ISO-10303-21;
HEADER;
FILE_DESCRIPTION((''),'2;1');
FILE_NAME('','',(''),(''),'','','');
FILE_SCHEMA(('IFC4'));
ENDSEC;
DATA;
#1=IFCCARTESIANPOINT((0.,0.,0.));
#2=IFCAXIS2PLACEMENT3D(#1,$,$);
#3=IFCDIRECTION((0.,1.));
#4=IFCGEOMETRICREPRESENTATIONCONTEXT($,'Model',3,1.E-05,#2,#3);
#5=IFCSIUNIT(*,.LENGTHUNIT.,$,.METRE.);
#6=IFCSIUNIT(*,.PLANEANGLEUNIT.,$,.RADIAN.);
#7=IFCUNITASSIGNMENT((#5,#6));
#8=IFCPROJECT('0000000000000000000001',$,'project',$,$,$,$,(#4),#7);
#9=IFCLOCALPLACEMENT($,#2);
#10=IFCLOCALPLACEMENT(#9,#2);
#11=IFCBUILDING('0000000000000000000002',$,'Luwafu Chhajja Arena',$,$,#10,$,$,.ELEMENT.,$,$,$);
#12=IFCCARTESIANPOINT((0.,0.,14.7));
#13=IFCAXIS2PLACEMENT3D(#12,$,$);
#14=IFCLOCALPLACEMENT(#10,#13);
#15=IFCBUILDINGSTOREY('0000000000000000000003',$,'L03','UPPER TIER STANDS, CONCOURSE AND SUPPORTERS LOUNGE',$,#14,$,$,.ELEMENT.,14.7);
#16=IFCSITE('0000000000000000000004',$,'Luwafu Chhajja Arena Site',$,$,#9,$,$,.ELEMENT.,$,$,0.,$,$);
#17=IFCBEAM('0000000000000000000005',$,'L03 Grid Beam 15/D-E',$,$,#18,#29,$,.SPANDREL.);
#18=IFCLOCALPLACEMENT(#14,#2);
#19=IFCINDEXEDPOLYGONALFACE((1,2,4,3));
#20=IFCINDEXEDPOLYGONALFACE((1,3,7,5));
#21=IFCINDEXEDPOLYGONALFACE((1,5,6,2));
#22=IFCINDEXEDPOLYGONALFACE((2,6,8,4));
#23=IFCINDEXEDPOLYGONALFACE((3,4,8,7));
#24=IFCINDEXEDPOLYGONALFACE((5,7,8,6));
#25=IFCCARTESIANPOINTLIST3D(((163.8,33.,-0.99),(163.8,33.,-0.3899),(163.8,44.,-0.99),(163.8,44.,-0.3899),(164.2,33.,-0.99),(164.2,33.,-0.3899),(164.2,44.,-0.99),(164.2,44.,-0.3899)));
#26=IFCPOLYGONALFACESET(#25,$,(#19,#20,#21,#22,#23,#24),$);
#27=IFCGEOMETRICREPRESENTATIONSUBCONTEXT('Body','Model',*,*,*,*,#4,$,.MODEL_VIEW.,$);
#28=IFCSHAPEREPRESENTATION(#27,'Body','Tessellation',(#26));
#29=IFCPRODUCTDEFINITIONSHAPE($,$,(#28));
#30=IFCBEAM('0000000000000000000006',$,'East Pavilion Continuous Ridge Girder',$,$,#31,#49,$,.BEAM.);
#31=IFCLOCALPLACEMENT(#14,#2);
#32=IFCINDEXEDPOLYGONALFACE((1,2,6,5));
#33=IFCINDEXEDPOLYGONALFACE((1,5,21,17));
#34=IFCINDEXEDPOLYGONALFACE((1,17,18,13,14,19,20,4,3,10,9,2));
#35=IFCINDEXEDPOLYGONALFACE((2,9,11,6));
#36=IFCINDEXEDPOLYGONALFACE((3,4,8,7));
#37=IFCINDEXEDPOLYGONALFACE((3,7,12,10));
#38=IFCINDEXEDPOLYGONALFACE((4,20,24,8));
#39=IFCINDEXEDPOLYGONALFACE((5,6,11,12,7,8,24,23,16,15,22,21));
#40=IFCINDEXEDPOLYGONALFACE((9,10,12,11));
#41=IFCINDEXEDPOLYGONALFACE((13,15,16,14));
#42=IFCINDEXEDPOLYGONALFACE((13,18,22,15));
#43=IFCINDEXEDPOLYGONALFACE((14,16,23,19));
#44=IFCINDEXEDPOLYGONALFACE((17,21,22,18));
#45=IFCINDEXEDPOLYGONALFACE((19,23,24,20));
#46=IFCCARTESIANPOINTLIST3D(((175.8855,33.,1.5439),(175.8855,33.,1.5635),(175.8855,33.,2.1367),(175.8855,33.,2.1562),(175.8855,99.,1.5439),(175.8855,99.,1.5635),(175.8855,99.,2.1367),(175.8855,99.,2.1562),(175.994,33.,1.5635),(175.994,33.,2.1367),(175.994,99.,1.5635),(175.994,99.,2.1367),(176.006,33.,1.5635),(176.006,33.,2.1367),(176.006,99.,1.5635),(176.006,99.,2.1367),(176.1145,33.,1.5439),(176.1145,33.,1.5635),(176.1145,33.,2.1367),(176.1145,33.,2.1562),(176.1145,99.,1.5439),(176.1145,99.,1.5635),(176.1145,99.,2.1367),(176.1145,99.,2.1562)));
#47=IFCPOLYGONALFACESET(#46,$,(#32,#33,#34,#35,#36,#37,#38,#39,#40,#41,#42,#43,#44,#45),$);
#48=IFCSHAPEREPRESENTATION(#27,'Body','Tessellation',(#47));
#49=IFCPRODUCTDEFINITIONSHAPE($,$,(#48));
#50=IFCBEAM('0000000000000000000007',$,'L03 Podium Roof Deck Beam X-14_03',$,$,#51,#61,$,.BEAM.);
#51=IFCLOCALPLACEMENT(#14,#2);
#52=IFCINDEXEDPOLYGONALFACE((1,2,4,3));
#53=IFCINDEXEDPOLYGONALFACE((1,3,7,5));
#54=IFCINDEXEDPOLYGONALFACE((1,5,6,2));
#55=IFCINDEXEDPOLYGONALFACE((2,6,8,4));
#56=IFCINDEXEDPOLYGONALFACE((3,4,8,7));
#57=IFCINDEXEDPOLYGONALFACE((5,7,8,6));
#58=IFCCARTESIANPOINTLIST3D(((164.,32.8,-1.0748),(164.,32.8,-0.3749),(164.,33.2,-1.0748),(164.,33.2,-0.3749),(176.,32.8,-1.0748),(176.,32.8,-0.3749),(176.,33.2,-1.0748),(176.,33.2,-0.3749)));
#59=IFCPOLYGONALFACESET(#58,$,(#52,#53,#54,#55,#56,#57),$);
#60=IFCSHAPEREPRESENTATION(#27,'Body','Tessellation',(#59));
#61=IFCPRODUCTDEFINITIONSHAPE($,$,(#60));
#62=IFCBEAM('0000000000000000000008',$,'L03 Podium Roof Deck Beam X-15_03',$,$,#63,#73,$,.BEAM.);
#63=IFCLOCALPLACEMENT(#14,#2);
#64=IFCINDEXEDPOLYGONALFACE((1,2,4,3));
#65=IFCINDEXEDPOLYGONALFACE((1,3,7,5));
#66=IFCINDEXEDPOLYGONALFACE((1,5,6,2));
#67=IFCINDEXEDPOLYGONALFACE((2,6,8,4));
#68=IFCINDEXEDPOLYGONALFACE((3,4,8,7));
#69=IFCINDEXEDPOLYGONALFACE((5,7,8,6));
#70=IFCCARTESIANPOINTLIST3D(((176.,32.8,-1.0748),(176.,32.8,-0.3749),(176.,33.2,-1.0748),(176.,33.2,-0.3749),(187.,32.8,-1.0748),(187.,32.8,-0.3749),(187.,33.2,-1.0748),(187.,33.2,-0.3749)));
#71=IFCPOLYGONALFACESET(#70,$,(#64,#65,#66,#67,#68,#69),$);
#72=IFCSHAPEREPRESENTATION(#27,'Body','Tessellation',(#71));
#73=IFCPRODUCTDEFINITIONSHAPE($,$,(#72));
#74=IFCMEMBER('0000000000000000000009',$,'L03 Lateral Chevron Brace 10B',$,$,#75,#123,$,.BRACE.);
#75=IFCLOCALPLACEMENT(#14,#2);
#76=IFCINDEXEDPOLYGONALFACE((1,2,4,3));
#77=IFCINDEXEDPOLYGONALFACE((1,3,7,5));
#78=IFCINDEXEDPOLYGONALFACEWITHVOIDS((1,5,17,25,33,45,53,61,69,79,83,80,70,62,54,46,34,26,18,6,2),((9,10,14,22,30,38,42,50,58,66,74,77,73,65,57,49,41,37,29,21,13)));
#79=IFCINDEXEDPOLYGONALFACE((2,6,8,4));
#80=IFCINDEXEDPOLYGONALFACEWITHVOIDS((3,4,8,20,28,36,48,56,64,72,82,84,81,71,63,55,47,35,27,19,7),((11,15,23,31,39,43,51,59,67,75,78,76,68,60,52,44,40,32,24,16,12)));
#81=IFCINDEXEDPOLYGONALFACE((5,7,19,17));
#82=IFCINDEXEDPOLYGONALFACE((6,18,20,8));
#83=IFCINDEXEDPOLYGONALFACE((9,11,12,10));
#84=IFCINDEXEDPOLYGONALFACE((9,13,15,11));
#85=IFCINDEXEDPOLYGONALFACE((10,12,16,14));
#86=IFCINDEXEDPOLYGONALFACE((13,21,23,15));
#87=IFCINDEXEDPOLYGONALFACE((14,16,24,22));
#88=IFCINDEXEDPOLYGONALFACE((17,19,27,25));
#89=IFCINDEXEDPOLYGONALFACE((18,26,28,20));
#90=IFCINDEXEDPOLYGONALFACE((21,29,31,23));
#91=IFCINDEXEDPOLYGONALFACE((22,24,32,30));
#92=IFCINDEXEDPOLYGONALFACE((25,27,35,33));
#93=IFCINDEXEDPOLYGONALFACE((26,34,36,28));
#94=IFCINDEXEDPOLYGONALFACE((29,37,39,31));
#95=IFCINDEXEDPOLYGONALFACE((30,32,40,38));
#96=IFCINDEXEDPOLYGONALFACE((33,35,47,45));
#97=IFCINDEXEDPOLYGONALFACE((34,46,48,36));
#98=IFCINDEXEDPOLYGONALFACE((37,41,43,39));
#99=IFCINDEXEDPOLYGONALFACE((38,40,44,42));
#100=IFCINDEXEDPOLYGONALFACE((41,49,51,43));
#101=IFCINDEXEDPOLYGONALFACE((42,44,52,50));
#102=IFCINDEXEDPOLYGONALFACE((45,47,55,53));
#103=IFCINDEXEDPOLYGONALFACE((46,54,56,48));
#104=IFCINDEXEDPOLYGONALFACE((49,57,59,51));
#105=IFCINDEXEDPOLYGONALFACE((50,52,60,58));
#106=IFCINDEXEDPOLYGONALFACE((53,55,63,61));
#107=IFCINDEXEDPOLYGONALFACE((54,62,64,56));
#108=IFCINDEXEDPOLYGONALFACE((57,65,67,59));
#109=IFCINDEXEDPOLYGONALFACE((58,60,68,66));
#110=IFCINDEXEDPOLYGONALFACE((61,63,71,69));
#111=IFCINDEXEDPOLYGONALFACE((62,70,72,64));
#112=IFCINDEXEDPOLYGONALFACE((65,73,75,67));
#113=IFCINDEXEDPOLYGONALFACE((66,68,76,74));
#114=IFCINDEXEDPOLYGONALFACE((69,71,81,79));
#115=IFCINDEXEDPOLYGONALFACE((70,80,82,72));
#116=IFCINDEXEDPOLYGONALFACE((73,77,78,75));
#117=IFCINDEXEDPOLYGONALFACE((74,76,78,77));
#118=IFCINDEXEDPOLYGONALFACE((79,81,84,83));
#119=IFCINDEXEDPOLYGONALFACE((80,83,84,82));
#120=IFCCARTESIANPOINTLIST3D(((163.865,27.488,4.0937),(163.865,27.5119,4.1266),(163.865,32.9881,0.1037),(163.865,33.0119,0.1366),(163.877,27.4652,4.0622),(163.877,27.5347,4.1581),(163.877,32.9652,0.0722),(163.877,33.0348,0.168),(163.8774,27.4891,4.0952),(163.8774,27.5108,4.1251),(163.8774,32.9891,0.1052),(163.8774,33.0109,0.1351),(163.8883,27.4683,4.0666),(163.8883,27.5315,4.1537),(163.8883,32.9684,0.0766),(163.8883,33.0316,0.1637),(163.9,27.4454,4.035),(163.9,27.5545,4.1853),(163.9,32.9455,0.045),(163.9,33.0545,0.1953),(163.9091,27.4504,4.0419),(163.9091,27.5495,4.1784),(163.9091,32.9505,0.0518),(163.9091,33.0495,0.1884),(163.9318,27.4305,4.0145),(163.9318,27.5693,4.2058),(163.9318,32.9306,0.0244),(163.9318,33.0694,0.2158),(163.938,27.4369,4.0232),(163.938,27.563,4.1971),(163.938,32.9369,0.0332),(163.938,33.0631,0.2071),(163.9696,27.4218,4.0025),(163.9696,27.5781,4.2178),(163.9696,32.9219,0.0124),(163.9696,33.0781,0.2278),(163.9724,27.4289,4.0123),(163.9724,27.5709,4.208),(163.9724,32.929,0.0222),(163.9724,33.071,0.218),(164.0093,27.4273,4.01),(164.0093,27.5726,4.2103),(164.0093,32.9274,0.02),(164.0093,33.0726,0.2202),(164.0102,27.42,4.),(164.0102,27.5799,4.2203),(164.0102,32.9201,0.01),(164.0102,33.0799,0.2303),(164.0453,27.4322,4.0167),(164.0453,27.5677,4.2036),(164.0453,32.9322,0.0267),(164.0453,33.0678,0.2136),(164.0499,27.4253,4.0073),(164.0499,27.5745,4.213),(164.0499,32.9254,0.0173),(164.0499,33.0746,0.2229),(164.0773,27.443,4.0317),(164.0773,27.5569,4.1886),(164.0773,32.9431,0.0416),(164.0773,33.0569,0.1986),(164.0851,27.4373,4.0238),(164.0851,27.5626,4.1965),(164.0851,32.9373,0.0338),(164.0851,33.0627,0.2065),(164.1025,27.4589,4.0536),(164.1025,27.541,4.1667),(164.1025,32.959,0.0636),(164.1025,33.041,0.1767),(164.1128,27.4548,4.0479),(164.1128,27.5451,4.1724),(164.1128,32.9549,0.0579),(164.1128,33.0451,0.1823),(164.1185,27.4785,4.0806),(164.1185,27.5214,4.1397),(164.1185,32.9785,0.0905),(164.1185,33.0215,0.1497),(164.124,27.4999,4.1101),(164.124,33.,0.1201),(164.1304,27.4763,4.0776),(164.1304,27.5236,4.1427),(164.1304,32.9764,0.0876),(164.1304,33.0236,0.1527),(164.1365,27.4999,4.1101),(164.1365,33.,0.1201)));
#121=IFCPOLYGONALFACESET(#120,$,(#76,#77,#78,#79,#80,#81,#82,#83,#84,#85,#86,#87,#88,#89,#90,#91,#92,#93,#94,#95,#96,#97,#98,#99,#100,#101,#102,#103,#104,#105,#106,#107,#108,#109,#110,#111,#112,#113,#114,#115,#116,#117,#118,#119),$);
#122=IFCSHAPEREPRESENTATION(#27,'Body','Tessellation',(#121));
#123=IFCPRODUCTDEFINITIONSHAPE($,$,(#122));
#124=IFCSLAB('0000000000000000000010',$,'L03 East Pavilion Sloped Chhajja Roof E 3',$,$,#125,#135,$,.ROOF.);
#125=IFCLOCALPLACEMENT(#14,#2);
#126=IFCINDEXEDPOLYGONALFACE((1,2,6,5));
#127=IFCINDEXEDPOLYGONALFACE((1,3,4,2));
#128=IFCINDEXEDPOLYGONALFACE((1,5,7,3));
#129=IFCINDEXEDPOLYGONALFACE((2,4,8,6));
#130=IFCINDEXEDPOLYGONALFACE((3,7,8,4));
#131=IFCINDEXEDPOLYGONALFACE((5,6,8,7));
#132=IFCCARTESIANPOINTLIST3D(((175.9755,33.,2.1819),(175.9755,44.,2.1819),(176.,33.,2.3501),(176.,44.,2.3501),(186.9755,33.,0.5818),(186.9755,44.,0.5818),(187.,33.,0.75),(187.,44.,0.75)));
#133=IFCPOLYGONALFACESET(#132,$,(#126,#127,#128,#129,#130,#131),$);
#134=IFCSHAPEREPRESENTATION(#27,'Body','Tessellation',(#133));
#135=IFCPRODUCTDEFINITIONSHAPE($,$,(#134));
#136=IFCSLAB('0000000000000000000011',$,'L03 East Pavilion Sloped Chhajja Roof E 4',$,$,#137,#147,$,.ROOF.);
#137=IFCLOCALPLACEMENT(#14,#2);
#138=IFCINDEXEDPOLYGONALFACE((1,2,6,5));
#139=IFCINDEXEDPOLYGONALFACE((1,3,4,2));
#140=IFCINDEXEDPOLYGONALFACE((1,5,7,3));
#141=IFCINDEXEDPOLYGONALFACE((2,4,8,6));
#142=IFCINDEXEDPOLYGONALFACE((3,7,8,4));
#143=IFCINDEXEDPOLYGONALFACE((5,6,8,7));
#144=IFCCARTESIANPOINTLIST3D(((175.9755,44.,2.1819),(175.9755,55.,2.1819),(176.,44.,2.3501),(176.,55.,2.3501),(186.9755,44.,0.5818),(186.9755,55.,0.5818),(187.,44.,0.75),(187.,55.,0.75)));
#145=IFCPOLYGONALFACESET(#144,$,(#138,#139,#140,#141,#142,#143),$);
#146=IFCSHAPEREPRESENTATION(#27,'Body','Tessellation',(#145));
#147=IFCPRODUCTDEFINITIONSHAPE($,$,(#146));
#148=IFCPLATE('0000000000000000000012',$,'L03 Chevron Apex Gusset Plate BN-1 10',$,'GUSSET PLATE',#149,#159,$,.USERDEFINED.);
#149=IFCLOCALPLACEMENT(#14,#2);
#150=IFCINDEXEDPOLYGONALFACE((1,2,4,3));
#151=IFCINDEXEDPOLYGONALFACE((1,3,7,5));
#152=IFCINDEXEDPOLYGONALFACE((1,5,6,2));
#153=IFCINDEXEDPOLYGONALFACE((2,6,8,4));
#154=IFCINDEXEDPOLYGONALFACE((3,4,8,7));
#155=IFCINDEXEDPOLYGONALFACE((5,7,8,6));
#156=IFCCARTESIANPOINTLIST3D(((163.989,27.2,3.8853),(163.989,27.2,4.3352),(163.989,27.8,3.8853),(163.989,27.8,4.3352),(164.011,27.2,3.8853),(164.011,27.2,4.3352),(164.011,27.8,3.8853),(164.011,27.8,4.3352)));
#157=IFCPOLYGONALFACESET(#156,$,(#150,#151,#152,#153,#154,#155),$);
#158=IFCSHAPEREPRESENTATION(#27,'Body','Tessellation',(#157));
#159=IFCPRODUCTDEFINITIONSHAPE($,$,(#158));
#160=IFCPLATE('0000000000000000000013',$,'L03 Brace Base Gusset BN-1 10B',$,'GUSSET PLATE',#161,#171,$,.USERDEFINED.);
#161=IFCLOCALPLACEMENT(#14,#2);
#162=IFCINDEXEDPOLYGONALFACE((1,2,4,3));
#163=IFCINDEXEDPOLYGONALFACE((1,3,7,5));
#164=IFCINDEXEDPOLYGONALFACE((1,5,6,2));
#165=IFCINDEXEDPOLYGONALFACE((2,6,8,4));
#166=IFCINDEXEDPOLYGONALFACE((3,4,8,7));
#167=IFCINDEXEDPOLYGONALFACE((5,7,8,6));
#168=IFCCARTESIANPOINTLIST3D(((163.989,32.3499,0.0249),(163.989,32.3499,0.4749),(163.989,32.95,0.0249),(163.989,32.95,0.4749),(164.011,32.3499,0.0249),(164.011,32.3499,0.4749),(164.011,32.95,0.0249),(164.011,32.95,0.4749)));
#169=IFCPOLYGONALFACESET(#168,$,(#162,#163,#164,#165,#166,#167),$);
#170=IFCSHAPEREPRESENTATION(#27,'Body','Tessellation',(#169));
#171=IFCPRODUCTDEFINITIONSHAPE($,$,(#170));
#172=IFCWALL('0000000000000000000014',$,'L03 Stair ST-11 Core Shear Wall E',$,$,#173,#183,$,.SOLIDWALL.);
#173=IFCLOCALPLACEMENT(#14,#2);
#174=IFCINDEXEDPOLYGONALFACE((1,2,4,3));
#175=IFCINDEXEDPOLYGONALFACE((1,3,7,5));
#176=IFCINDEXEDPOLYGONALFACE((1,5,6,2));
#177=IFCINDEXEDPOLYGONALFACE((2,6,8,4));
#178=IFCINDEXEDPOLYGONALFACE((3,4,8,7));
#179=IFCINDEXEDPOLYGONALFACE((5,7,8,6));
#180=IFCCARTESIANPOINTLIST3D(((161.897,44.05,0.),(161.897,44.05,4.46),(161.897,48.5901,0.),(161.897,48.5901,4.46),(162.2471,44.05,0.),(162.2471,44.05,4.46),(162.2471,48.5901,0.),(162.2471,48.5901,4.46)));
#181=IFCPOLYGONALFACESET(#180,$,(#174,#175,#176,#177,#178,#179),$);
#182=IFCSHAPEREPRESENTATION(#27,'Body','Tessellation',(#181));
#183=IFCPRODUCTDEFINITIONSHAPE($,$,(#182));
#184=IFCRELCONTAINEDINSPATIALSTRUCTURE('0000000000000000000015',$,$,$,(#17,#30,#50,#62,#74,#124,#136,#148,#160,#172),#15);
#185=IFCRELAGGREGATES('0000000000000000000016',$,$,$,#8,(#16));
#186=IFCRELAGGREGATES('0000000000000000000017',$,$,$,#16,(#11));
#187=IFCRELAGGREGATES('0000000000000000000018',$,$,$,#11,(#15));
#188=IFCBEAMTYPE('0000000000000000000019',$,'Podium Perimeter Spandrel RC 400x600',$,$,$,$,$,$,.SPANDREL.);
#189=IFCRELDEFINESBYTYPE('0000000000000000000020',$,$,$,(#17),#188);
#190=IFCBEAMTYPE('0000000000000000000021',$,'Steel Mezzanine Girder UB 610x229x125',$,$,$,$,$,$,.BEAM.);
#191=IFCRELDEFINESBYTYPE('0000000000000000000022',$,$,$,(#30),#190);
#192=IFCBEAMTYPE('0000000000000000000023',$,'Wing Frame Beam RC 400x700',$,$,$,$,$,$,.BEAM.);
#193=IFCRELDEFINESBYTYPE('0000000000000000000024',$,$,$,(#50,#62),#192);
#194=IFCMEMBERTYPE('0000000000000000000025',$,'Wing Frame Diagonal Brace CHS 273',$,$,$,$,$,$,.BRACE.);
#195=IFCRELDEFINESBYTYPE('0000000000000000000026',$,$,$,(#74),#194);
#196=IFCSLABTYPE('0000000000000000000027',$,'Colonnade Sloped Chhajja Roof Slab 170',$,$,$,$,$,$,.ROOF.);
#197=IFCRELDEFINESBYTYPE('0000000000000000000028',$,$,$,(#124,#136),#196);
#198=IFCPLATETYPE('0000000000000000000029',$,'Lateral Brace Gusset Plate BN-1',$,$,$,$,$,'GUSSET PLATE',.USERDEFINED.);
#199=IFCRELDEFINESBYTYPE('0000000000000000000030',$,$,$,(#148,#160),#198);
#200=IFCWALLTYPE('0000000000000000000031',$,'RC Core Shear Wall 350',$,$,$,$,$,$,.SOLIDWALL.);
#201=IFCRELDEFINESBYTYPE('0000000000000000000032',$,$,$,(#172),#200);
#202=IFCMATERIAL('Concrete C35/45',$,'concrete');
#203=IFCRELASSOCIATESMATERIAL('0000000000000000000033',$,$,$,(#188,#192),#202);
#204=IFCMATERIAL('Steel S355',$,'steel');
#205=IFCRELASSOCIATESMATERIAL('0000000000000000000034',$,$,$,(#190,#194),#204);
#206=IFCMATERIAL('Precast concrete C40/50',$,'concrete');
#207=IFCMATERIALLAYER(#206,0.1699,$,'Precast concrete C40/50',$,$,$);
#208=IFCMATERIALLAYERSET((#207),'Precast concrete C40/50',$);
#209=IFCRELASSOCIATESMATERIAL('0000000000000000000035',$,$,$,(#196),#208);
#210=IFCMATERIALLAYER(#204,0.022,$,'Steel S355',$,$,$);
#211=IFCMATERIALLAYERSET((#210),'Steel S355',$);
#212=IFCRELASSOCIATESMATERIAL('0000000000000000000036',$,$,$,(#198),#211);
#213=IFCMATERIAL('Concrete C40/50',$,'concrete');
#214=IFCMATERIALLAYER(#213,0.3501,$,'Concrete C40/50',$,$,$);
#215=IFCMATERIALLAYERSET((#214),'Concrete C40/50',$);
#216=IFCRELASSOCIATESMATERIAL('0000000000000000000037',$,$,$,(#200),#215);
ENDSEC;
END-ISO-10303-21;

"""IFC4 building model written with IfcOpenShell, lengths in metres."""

from ifc_helpers import new_model, si_unit, direction, frame, frame_2d, origin, origin_2d, place, context, subcontext, project, spatial, polyline, rectangle, hollow_circle, i_section, outline, extrude, material, layer, layer_set, material_profile, profile_set, type_object, element, save


model = new_model("IFC4")

# Units and contexts
model_context = context("Model", 3, precision=1e-05, world=origin(), true_north=direction((0.0, 1.0)))
body_context = subcontext(model_context, "Body", "Model", "MODEL_VIEW")
ifc_project = project(units=[si_unit("LENGTHUNIT", "METRE"), si_unit("PLANEANGLEUNIT", "RADIAN")], contexts=[model_context])

# Site, building, storey
site_placement = place(None, origin())
site = spatial("IfcSite", under=ifc_project, at=site_placement, Name="Luwafu Chhajja Arena Site", CompositionType="ELEMENT", RefElevation=0.0)
building_placement = place(site_placement, origin())
building = spatial("IfcBuilding", under=site, at=building_placement, Name="Luwafu Chhajja Arena", CompositionType="ELEMENT")
storey_placement = place(building_placement, frame((0.0, 0.0, 14.7)))
storey = spatial("IfcBuildingStorey", under=building, at=storey_placement, Name="L03", Description="UPPER TIER STANDS, CONCOURSE AND SUPPORTERS LOUNGE", CompositionType="ELEMENT", Elevation=14.7)

# Shared definitions
ifc_material_1 = material(Name="Concrete C35/45", Category="concrete")
ifc_material_2 = material(Name="Steel S355", Category="steel")

# Beams
ifc_material_profile_1 = material_profile(ifc_material_1, rectangle(XDim=0.3999, YDim=0.6001, at=origin_2d()), Name="RC 400x600")
ifc_profile_set_1 = profile_set([ifc_material_profile_1], Name="Concrete C35/45")
beam_type_1 = type_object("IfcBeamType", Name="Podium Perimeter Spandrel RC 400x600", PredefinedType="SPANDREL", material=ifc_profile_set_1)
beam_1_placement = place(storey_placement, frame((164.0, 33.0, -0.6899), z_axis=(0.0, 1.0, 0.0), x_axis=(-1.0, 0.0, 0.0)))
element("IfcBeam", 1, at=beam_1_placement, inside=storey, type_object=beam_type_1, Name="L03 Grid Beam 15/D-E", PredefinedType="SPANDREL", context=body_context, shape_type="SweptSolid", body=[
    extrude(rectangle(XDim=0.3999, YDim=0.6001, at=origin_2d()), origin(), (0.0, 0.0, 1.0), 11.0),
])
ifc_material_profile_2 = material_profile(ifc_material_2, i_section(OverallWidth=0.229, OverallDepth=0.6123, WebThickness=0.012, FlangeThickness=0.0195, at=origin_2d()), Name="UB 610x229x125")
ifc_profile_set_2 = profile_set([ifc_material_profile_2], Name="Steel S355")
beam_type_2 = type_object("IfcBeamType", Name="Steel Mezzanine Girder UB 610x229x125", PredefinedType="BEAM", material=ifc_profile_set_2)
beam_2_placement = place(storey_placement, frame((176.0, 33.0, 1.8501), z_axis=(0.0, 1.0, 0.0), x_axis=(-1.0, 0.0, 0.0)))
element("IfcBeam", 2, at=beam_2_placement, inside=storey, type_object=beam_type_2, Name="East Pavilion Continuous Ridge Girder", PredefinedType="BEAM", context=body_context, shape_type="SweptSolid", body=[
    extrude(i_section(OverallWidth=0.229, OverallDepth=0.6123, WebThickness=0.012, FlangeThickness=0.0195, at=origin_2d()), origin(), (0.0, 0.0, 1.0), 66.0),
])
ifc_material_profile_3 = material_profile(ifc_material_1, rectangle(XDim=0.3999, YDim=0.7, at=origin_2d()), Name="RC 400x700")
ifc_profile_set_3 = profile_set([ifc_material_profile_3], Name="Concrete C35/45")
beam_type_3 = type_object("IfcBeamType", Name="Wing Frame Beam RC 400x700", PredefinedType="BEAM", material=ifc_profile_set_3)
beam_3_placement = place(storey_placement, frame((164.0, 33.0, -0.7249), z_axis=(1.0, 0.0, 0.0), x_axis=(0.0, 1.0, 0.0)))
element("IfcBeam", 3, at=beam_3_placement, inside=storey, type_object=beam_type_3, Name="L03 Podium Roof Deck Beam X-14_03", PredefinedType="BEAM", context=body_context, shape_type="SweptSolid", body=[
    extrude(rectangle(XDim=0.3999, YDim=0.7, at=origin_2d()), origin(), (0.0, 0.0, 1.0), 12.0),
])
beam_4_placement = place(storey_placement, frame((176.0, 33.0, -0.7249), z_axis=(1.0, 0.0, 0.0), x_axis=(0.0, 1.0, 0.0)))
element("IfcBeam", 4, at=beam_4_placement, inside=storey, type_object=beam_type_3, Name="L03 Podium Roof Deck Beam X-15_03", PredefinedType="BEAM", context=body_context, shape_type="SweptSolid", body=[
    extrude(rectangle(XDim=0.3999, YDim=0.7, at=origin_2d()), origin(), (0.0, 0.0, 1.0), 11.0),
])

# Member
ifc_material_profile_4 = material_profile(ifc_material_2, hollow_circle(Radius=0.1365, WallThickness=0.0125, at=origin_2d()), Name="CHS 273x12.5")
ifc_profile_set_4 = profile_set([ifc_material_profile_4], Name="Steel S355")
member_type = type_object("IfcMemberType", Name="Wing Frame Diagonal Brace CHS 273", PredefinedType="BRACE", material=ifc_profile_set_4)
member_placement = place(storey_placement, frame((164.0, 33.0, 0.1201), z_axis=(0.0, -0.809436, 0.587208), x_axis=(1.0, 0.0, 0.0)))
element("IfcMember", 5, at=member_placement, inside=storey, type_object=member_type, Name="L03 Lateral Chevron Brace 10B", PredefinedType="BRACE", context=body_context, shape_type="SweptSolid", body=[
    extrude(hollow_circle(Radius=0.1365, WallThickness=0.0125, at=origin_2d()), origin(), (0.0, 0.0, 1.0), 6.7949),
])

# Slabs
ifc_material_3 = material(Name="Precast concrete C40/50", Category="concrete")
ifc_layer_1 = layer(ifc_material_3, 0.1699, Name="Precast concrete C40/50")
ifc_layer_set_1 = layer_set([ifc_layer_1], Name="Precast concrete C40/50")
slab_type = type_object("IfcSlabType", Name="Colonnade Sloped Chhajja Roof Slab 170", PredefinedType="ROOF", material=ifc_layer_set_1)
for number, where, z_axis, x_axis, name in (
    (6, (176.0, 33.0, 2.3501), (0.143948, 0.0, 0.989585), (0.989585, 0.0, -0.143948), "L03 East Pavilion Sloped Chhajja Roof E 3"),
    (7, (176.0, 44.0, 2.3501), (0.143948, 0.0, 0.989585), (0.989585, 0.0, -0.143948), "L03 East Pavilion Sloped Chhajja Roof E 4"),
):
    element("IfcSlab", number, at=place(storey_placement, frame(where, z_axis=z_axis, x_axis=x_axis)), inside=storey, type_object=slab_type, Name=name, PredefinedType="ROOF", context=body_context, shape_type="SweptSolid", body=[
        extrude(outline(polyline([(0.0, 0.0), (11.1158, 0.0), (11.1158, 11.0), (0.0, 11.0), (0.0, 0.0)])), origin(), (0.0, 0.0, -1.0), 0.1699),
    ])

# Plates
ifc_layer_2 = layer(ifc_material_2, 0.022, Name="Steel S355")
ifc_layer_set_2 = layer_set([ifc_layer_2], Name="Steel S355")
plate_type = type_object("IfcPlateType", Name="Lateral Brace Gusset Plate BN-1", ElementType="GUSSET PLATE", PredefinedType="USERDEFINED", material=ifc_layer_set_2)
for number, where, z_axis, x_axis, name in (
    (8, (164.0, 27.5, 3.8853), (0.0, 0.0, 1.0), (1.0, 0.0, 0.0), "L03 Chevron Apex Gusset Plate BN-1 10"),
    (9, (164.0, 32.6499, 0.0249), (0.0, 0.0, 1.0), (1.0, 0.0, 0.0), "L03 Brace Base Gusset BN-1 10B"),
):
    element("IfcPlate", number, at=place(storey_placement, frame(where, z_axis=z_axis, x_axis=x_axis)), inside=storey, type_object=plate_type, Name=name, ObjectType="GUSSET PLATE", PredefinedType="USERDEFINED", context=body_context, shape_type="SweptSolid", body=[
        extrude(rectangle(XDim=0.022, YDim=0.6001, at=origin_2d()), origin(), (0.0, 0.0, 1.0), 0.45),
    ])

# Wall
ifc_material_4 = material(Name="Concrete C40/50", Category="concrete")
ifc_layer_3 = layer(ifc_material_4, 0.3501, Name="Concrete C40/50")
ifc_layer_set_3 = layer_set([ifc_layer_3], Name="Concrete C40/50")
wall_type_1 = type_object("IfcWallType", Name="RC Core Shear Wall 350", PredefinedType="SOLIDWALL", material=ifc_layer_set_3)
wall_1_placement = place(storey_placement, frame((162.072, 44.05, 0.0), z_axis=(0.0, 0.0, 1.0), x_axis=(0.0, 1.0, 0.0)))
element("IfcWall", 10, at=wall_1_placement, inside=storey, type_object=wall_type_1, Name="L03 Stair ST-11 Core Shear Wall E", PredefinedType="SOLIDWALL", context=body_context, shape_type="SweptSolid", body=[
    extrude(rectangle(XDim=4.54, YDim=0.3501, at=frame_2d((2.27, 0.0))), origin(), (0.0, 0.0, 1.0), 4.46),
])

save(model, "model.ifc")
